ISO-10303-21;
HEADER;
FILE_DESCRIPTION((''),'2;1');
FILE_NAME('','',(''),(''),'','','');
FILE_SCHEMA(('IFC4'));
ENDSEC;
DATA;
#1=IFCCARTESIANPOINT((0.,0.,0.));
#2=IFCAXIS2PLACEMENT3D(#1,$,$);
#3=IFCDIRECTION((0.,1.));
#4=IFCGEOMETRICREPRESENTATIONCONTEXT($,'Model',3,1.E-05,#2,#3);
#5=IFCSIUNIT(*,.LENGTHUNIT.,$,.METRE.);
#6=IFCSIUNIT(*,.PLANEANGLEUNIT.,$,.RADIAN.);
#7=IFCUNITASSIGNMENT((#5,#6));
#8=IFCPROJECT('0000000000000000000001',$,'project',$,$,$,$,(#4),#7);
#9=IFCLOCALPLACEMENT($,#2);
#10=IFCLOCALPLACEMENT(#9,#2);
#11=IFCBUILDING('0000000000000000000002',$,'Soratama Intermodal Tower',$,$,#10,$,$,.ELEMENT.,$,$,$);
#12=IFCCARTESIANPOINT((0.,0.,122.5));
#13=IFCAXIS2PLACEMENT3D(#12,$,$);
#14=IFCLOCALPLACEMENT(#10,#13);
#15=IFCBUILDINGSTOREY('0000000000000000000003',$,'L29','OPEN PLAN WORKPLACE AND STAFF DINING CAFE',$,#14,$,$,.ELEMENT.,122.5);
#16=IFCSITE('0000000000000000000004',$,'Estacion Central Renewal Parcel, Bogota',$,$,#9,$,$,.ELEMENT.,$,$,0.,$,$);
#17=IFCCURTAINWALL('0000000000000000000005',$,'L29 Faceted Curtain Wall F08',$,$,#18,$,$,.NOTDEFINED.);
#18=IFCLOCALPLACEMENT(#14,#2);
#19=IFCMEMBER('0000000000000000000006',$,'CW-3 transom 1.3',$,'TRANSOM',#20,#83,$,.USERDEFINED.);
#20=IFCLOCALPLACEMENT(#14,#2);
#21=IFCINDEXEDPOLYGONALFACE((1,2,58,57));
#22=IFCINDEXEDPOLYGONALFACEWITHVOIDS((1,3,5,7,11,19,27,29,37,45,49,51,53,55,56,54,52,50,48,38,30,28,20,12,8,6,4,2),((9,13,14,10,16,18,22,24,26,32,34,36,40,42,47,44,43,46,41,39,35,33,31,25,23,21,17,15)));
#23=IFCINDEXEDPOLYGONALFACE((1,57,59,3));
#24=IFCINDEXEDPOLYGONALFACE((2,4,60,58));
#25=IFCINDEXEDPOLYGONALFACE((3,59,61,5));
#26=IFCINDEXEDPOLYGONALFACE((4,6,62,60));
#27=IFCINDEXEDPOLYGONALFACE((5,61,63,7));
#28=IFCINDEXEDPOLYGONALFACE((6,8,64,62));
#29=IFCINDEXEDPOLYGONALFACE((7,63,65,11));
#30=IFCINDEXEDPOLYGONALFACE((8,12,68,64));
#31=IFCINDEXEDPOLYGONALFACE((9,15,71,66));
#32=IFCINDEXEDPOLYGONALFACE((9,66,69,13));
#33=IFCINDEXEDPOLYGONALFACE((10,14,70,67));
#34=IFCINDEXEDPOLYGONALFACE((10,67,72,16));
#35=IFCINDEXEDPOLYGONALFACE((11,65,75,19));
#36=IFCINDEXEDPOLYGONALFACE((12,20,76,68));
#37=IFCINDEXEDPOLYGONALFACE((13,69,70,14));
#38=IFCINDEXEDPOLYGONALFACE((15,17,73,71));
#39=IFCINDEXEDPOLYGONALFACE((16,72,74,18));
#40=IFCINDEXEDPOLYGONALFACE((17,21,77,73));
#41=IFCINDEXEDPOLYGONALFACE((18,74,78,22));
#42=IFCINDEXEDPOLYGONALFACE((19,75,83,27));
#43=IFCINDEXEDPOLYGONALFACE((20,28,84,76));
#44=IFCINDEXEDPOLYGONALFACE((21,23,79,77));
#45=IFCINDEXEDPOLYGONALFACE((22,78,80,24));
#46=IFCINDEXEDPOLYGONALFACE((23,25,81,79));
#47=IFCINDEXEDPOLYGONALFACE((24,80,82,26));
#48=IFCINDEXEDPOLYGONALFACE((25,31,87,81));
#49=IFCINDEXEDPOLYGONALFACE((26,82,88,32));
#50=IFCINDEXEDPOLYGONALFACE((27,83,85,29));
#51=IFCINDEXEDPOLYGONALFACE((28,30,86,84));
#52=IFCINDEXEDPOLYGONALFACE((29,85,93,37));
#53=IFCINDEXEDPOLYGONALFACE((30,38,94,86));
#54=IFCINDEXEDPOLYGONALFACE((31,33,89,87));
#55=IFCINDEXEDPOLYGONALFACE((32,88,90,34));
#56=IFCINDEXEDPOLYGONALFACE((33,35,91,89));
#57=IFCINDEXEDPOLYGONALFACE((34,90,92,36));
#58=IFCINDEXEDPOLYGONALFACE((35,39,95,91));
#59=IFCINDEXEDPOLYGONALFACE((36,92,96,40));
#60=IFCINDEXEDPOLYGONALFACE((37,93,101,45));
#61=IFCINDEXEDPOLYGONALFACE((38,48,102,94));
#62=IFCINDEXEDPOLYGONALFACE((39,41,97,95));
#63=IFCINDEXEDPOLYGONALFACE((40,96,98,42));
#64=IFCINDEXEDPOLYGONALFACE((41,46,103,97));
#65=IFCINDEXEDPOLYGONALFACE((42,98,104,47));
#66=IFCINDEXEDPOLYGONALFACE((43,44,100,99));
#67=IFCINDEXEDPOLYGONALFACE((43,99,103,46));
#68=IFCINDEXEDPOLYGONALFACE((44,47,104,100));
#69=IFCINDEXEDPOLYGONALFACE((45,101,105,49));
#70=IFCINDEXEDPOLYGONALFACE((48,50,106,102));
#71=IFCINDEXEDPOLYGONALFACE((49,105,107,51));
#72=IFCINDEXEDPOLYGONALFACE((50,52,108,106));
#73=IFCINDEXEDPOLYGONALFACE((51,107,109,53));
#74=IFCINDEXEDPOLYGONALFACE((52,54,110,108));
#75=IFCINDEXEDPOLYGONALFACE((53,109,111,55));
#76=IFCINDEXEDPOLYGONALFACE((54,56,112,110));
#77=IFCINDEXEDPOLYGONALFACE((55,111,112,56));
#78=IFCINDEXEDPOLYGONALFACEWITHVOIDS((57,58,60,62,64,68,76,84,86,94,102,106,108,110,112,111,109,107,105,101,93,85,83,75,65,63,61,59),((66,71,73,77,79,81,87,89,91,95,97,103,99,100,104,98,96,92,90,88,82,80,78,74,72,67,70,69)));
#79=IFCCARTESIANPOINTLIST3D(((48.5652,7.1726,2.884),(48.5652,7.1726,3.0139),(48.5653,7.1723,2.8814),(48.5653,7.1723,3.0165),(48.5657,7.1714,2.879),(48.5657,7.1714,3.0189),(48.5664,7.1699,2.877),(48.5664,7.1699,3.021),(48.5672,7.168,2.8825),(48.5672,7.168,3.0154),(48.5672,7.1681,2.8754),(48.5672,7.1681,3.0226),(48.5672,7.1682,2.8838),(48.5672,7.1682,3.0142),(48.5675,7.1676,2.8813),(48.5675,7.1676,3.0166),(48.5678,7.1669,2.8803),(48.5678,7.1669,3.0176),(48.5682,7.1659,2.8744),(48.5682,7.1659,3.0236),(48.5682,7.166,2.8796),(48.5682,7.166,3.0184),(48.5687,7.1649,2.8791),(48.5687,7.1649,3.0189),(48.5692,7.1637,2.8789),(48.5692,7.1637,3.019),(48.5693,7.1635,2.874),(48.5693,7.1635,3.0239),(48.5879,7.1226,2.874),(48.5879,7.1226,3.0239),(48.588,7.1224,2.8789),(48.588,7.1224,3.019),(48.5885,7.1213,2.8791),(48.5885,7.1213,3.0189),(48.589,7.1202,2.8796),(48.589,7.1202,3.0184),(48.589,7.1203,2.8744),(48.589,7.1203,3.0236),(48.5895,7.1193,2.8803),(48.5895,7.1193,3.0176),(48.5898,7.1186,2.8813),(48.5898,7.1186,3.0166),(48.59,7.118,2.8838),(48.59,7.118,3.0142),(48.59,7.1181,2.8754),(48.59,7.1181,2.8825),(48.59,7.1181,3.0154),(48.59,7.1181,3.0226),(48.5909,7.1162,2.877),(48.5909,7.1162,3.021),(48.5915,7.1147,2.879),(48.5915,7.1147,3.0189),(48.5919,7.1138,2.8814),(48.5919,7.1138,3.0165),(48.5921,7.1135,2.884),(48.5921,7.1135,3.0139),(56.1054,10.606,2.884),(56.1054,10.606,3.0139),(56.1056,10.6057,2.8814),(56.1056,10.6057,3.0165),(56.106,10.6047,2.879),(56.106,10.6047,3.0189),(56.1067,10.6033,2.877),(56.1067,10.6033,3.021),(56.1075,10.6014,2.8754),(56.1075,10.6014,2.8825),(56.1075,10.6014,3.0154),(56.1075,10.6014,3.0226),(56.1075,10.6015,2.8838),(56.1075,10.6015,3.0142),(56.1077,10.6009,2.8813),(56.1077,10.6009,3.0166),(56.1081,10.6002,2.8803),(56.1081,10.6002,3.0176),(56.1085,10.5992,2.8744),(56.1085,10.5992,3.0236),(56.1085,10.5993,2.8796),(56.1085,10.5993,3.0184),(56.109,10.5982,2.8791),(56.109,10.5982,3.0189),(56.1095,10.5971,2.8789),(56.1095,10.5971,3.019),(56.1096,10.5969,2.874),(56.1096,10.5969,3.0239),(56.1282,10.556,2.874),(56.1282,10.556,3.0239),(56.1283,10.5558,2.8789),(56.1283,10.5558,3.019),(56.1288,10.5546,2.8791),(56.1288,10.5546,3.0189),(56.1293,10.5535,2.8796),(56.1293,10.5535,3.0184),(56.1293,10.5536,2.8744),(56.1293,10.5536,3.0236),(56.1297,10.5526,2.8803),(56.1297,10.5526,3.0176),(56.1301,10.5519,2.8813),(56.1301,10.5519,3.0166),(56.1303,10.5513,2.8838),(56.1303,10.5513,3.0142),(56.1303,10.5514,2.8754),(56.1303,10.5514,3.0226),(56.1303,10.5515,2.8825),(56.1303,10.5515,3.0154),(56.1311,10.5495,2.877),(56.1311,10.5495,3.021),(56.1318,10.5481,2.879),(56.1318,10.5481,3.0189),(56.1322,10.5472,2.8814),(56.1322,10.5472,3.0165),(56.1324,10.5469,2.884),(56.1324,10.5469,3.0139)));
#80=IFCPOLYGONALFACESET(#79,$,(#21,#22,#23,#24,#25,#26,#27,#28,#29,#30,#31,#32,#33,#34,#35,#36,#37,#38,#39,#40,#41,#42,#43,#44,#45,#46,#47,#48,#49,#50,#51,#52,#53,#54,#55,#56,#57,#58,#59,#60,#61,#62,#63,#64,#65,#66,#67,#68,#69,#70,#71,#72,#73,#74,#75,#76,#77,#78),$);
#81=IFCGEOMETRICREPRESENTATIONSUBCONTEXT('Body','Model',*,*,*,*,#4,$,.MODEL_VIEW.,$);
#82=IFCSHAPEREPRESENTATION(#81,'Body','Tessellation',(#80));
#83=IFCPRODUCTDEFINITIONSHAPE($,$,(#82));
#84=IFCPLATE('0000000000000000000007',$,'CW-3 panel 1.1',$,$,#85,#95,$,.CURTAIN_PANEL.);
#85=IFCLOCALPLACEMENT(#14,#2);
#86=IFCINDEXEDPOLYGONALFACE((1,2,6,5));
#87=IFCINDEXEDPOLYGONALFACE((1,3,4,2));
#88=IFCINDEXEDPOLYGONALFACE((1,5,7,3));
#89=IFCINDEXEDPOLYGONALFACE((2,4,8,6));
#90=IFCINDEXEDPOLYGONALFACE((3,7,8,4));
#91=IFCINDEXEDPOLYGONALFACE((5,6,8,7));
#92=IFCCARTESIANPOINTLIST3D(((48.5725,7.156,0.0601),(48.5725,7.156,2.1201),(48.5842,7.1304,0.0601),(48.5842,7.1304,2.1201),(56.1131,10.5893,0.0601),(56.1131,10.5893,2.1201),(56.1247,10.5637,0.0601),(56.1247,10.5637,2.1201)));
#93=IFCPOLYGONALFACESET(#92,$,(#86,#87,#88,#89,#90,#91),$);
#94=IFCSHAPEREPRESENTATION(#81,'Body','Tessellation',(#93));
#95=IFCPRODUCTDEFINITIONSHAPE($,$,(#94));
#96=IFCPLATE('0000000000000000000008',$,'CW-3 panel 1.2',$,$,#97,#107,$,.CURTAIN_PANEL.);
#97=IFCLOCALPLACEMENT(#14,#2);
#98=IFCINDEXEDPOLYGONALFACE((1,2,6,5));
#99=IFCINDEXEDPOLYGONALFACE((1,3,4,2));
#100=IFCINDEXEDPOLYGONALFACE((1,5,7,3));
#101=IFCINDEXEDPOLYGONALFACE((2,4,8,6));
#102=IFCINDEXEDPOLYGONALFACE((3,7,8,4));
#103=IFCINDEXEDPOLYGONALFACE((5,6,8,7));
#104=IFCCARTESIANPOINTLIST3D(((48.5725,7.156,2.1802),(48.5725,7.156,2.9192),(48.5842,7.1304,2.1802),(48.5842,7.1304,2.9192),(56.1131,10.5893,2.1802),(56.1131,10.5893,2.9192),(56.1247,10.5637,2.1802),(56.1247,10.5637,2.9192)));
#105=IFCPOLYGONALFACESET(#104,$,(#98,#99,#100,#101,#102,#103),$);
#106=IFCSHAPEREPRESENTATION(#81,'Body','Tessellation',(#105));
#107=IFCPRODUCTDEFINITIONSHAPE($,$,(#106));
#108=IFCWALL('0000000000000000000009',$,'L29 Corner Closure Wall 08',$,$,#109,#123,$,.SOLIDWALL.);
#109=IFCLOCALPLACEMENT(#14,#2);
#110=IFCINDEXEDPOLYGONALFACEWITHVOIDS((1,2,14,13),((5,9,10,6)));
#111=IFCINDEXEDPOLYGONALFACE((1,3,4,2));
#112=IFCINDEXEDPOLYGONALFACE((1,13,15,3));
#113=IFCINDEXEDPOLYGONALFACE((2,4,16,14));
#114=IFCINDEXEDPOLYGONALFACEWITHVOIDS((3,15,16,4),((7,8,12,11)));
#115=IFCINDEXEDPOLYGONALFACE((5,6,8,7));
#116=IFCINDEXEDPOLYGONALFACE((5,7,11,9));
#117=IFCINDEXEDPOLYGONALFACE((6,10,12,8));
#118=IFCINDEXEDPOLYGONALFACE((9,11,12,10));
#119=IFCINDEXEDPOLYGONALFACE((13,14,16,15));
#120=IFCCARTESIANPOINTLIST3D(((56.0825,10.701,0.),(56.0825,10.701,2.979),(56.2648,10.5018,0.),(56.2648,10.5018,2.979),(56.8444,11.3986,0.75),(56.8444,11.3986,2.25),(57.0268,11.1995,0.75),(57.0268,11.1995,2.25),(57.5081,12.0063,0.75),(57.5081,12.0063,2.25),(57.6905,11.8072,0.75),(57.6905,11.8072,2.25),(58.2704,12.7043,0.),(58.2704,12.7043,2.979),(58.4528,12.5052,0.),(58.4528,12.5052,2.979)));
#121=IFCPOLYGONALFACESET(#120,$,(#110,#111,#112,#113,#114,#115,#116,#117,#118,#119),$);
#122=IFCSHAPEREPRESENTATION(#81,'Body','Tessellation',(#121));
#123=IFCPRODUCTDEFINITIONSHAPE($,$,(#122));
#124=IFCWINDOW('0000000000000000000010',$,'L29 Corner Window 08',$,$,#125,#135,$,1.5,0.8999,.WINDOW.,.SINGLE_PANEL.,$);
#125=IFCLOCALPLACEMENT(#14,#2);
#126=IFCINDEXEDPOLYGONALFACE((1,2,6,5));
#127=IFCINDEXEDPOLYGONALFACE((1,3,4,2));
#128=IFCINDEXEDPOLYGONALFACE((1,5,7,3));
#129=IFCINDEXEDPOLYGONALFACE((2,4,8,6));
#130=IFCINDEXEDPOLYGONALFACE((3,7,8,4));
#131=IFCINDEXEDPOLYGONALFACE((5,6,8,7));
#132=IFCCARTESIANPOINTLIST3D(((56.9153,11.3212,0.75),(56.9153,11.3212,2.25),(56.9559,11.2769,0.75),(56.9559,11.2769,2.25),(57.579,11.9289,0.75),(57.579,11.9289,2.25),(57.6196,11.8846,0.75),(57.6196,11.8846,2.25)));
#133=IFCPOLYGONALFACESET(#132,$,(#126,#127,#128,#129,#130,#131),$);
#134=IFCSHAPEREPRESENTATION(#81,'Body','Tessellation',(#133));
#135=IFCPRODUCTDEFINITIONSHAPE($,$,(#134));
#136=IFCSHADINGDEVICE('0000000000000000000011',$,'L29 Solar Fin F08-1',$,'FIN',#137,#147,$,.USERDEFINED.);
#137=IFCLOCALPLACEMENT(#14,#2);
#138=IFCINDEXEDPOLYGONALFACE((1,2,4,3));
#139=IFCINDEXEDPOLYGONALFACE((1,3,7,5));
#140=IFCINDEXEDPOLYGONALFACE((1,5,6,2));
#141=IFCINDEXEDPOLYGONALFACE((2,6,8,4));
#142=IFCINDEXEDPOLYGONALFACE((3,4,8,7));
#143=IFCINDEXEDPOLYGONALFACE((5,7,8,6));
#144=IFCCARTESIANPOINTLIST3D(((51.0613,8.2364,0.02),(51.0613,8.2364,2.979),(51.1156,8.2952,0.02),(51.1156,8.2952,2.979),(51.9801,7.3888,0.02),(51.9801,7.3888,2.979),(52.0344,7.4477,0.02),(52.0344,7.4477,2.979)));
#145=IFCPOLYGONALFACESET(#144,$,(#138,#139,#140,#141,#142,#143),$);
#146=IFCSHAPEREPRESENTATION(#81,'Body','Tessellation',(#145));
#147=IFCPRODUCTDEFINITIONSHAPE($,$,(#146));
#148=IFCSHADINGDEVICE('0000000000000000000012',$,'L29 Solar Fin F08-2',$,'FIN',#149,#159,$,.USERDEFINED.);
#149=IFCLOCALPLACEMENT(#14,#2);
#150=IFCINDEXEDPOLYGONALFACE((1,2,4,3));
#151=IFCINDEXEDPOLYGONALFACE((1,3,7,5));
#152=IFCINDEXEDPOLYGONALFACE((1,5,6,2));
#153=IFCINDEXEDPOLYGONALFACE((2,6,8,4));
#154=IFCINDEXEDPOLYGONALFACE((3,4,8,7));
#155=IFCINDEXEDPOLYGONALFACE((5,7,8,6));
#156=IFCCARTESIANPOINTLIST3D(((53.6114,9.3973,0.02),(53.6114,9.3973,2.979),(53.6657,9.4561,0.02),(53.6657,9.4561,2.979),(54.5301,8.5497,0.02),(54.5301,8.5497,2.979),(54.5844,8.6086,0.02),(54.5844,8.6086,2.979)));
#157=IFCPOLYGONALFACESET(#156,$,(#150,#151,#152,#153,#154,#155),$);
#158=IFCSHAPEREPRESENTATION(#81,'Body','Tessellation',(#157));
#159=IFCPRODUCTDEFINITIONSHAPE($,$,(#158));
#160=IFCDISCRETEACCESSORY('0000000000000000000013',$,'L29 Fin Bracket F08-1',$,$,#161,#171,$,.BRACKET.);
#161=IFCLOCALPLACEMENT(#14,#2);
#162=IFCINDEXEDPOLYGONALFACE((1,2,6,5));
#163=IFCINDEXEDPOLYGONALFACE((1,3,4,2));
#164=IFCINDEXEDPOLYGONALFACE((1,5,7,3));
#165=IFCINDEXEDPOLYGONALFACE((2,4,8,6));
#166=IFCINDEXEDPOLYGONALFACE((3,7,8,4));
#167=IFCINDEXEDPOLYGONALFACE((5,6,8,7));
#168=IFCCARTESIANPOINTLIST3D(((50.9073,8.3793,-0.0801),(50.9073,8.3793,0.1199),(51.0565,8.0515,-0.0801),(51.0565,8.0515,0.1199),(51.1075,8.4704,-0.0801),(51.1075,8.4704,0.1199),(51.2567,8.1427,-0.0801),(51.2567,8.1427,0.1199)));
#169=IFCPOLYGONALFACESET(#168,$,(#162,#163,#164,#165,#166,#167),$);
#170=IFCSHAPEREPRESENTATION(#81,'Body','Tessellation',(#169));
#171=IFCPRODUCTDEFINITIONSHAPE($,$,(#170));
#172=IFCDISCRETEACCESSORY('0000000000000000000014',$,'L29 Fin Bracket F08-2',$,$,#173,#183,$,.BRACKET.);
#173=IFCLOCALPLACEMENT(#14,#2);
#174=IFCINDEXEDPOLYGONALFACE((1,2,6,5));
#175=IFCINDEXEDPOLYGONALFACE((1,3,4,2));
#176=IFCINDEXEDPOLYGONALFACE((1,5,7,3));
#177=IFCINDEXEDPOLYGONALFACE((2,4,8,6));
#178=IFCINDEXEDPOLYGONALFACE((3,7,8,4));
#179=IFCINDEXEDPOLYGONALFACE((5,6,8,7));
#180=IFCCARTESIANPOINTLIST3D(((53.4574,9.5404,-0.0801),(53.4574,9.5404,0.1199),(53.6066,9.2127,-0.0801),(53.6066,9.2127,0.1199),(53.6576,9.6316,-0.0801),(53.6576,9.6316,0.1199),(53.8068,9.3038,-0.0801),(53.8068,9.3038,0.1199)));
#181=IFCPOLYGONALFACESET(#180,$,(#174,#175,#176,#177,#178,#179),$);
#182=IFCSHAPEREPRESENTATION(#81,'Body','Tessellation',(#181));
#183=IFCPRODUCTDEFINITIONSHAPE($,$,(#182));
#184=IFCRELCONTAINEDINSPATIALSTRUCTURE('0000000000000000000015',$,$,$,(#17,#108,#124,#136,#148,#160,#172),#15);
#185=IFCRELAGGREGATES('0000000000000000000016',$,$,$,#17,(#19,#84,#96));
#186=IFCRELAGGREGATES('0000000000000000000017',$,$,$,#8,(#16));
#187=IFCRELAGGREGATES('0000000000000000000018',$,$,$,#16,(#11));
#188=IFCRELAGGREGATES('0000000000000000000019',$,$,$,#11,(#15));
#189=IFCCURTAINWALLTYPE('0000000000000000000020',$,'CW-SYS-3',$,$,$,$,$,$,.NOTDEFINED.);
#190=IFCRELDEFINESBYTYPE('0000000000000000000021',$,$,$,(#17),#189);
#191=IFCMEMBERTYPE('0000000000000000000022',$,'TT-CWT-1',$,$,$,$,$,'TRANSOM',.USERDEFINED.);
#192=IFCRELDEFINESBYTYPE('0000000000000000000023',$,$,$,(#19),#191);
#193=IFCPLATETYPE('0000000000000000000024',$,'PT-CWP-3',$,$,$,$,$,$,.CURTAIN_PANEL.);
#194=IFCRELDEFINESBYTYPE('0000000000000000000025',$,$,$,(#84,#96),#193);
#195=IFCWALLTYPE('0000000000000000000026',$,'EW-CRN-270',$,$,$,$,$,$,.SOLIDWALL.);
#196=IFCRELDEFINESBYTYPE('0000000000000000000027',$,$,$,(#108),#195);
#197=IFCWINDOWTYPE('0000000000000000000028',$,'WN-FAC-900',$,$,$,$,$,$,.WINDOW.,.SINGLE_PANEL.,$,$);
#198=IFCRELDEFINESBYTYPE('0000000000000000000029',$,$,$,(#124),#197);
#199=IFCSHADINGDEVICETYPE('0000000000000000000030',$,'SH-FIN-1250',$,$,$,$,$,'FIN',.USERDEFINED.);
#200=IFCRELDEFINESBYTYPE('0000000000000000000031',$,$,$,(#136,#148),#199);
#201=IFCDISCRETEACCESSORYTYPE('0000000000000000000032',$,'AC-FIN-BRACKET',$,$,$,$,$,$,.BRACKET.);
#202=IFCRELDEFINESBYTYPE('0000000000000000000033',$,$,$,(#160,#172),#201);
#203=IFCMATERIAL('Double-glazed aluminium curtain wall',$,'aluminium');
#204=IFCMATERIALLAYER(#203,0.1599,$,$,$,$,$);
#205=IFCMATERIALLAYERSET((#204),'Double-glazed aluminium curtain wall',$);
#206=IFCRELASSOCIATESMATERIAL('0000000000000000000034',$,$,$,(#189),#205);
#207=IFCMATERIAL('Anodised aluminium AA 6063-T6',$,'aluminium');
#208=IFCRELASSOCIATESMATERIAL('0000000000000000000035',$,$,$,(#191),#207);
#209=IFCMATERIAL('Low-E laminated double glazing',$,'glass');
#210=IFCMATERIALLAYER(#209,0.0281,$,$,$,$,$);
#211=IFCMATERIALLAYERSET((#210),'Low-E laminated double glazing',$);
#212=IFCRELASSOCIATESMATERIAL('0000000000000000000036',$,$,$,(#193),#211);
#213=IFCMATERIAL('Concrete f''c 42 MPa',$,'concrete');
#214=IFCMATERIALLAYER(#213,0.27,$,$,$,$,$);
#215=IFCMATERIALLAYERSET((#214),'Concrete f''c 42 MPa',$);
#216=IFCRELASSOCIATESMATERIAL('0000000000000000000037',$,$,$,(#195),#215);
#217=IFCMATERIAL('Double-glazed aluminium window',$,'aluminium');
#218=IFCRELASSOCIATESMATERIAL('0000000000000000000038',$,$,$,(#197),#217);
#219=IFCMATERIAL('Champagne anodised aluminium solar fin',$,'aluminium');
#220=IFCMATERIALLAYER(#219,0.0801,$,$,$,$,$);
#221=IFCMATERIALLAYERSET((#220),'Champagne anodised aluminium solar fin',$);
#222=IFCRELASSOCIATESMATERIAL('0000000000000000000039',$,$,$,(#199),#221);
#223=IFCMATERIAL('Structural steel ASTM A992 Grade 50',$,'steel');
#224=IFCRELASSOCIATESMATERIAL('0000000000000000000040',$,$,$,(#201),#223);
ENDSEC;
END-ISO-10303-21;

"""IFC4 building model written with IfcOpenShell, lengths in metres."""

from ifc_helpers import new_model, si_unit, direction, frame, frame_2d, origin, origin_2d, place, context, subcontext, project, spatial, rectangle, hollow_rectangle, extrude, material, layer, layer_set, material_profile, profile_set, type_object, element, fill, aggregate, save


model = new_model("IFC4")

# Units and contexts
model_context = context("Model", 3, precision=1e-05, world=origin(), true_north=direction((0.0, 1.0)))
body_context = subcontext(model_context, "Body", "Model", "MODEL_VIEW")
ifc_project = project(units=[si_unit("LENGTHUNIT", "METRE"), si_unit("PLANEANGLEUNIT", "RADIAN")], contexts=[model_context])

# Site, building, storey
site_placement = place(None, origin())
site = spatial("IfcSite", under=ifc_project, at=site_placement, Name="Estacion Central Renewal Parcel, Bogota", CompositionType="ELEMENT", RefElevation=0.0)
building_placement = place(site_placement, origin())
building = spatial("IfcBuilding", under=site, at=building_placement, Name="Soratama Intermodal Tower", CompositionType="ELEMENT")
storey_placement = place(building_placement, frame((0.0, 0.0, 122.5)))
storey = spatial("IfcBuildingStorey", under=building, at=storey_placement, Name="L29", Description="OPEN PLAN WORKPLACE AND STAFF DINING CAFE", CompositionType="ELEMENT", Elevation=122.5)

# Curtain wall
ifc_material_1 = material(Name="Double-glazed aluminium curtain wall", Category="aluminium")
ifc_layer_1 = layer(ifc_material_1, 0.1599)
ifc_layer_set_1 = layer_set([ifc_layer_1], Name="Double-glazed aluminium curtain wall")
curtain_wall_type = type_object("IfcCurtainWallType", Name="CW-SYS-3", PredefinedType="NOTDEFINED", material=ifc_layer_set_1)
curtain_wall_1_placement = place(storey_placement, origin())
curtain_wall_1 = element("IfcCurtainWall", 1, at=curtain_wall_1_placement, inside=storey, type_object=curtain_wall_type, Name="L29 Faceted Curtain Wall F08", PredefinedType="NOTDEFINED")

# Member
ifc_material_2 = material(Name="Anodised aluminium AA 6063-T6", Category="aluminium")
ifc_material_profile_1 = material_profile(ifc_material_2, hollow_rectangle(XDim=0.0649, YDim=0.1499, WallThickness=0.0049, InnerFilletRadius=0.0049, OuterFilletRadius=0.01, at=origin_2d()), Name="CWT150X65X5")
ifc_profile_set_1 = profile_set([ifc_material_profile_1], Name="Anodised aluminium AA 6063-T6")
member_type_1 = type_object("IfcMemberType", Name="TT-CWT-1", ElementType="TRANSOM", PredefinedType="USERDEFINED", material=ifc_profile_set_1)
member_1_placement = place(storey_placement, frame((48.5786, 7.1431, 2.949), z_axis=(0.910096, 0.414398, 0.0), x_axis=(-0.414398, 0.910096, 0.0)))
member_1 = element("IfcMember", 2, at=member_1_placement, type_object=member_type_1, Name="CW-3 transom 1.3", ObjectType="TRANSOM", PredefinedType="USERDEFINED", context=body_context, shape_type="SweptSolid", body=[
    extrude(hollow_rectangle(XDim=0.0649, YDim=0.1499, WallThickness=0.0049, InnerFilletRadius=0.0049, OuterFilletRadius=0.01, at=origin_2d()), origin(), (0.0, 0.0, 1.0), 8.2852),
])

# Plates
ifc_material_3 = material(Name="Low-E laminated double glazing", Category="glass")
ifc_layer_2 = layer(ifc_material_3, 0.0281)
ifc_layer_set_2 = layer_set([ifc_layer_2], Name="Low-E laminated double glazing")
plate_type = type_object("IfcPlateType", Name="PT-CWP-3", PredefinedType="CURTAIN_PANEL", material=ifc_layer_set_2)
plate_1_placement = place(storey_placement, frame((52.3486, 8.8599, 0.0601), z_axis=(0.0, 0.0, 1.0), x_axis=(0.910103, 0.414381, 0.0)))
plate_1 = element("IfcPlate", 3, at=plate_1_placement, type_object=plate_type, Name="CW-3 panel 1.1", PredefinedType="CURTAIN_PANEL", context=body_context, shape_type="SweptSolid", body=[
    extrude(rectangle(XDim=8.2854, YDim=0.0281, at=origin_2d()), origin(), (0.0, 0.0, 1.0), 2.0601),
])
plate_2_placement = place(storey_placement, frame((52.3486, 8.8599, 2.1802), z_axis=(0.0, 0.0, 1.0), x_axis=(0.910103, 0.414381, 0.0)))
plate_2 = element("IfcPlate", 4, at=plate_2_placement, type_object=plate_type, Name="CW-3 panel 1.2", PredefinedType="CURTAIN_PANEL", context=body_context, shape_type="SweptSolid", body=[
    extrude(rectangle(XDim=8.2854, YDim=0.0281, at=origin_2d()), origin(), (0.0, 0.0, 1.0), 0.739),
])
aggregate(curtain_wall_1, [member_1, plate_1, plate_2])

# Wall, opening, window
ifc_material_4 = material(Name="Concrete f'c 42 MPa", Category="concrete")
ifc_layer_3 = layer(ifc_material_4, 0.27)
ifc_layer_set_3 = layer_set([ifc_layer_3], Name="Concrete f'c 42 MPa")
wall_type = type_object("IfcWallType", Name="EW-CRN-270", PredefinedType="SOLIDWALL", material=ifc_layer_set_3)
wall_placement = place(storey_placement, frame((56.1736, 10.6013, 0.0), z_axis=(0.0, 0.0, 1.0), x_axis=(0.73753, 0.675315, 0.0)))
wall = element("IfcWall", 5, at=wall_placement, inside=storey, type_object=wall_type, Name="L29 Corner Closure Wall 08", PredefinedType="SOLIDWALL", context=body_context, shape_type="SweptSolid", body=[
    extrude(rectangle(XDim=2.9666, YDim=0.27, at=frame_2d((1.4834, 0.0))), origin(), (0.0, 0.0, 1.0), 2.979),
])
opening_placement = place(wall_placement, frame((1.0332, 0.0, 0.75)))
opening = element("IfcOpeningElement", 6, at=opening_placement, cuts=wall, PredefinedType="OPENING", context=body_context, shape_type="SweptSolid", body=[
    extrude(rectangle(XDim=0.8999, YDim=1.5, at=frame_2d((0.45, 0.75))), frame((0.0, 0.145, 0.0), z_axis=(0.0, -1.0, 0.0), x_axis=(1.0, 0.0, 0.0)), (0.0, 0.0, 1.0), 0.29),
])
ifc_material_5 = material(Name="Double-glazed aluminium window", Category="aluminium")
window_type = type_object("IfcWindowType", Name="WN-FAC-900", PartitioningType="SINGLE_PANEL", PredefinedType="WINDOW", material=ifc_material_5)
window_placement = place(opening_placement, origin())
window = element("IfcWindow", 7, at=window_placement, inside=storey, type_object=window_type, Name="L29 Corner Window 08", OverallHeight=1.5, OverallWidth=0.8999, PartitioningType="SINGLE_PANEL", PredefinedType="WINDOW", context=body_context, shape_type="SweptSolid", body=[
    extrude(rectangle(XDim=0.8999, YDim=1.5, at=frame_2d((0.45, 0.75))), frame((0.0, 0.03, 0.0), z_axis=(0.0, -1.0, 0.0), x_axis=(1.0, 0.0, 0.0)), (0.0, 0.0, 1.0), 0.0601),
])
fill(opening, window)

# Shading devices
ifc_material_6 = material(Name="Champagne anodised aluminium solar fin", Category="aluminium")
ifc_layer_4 = layer(ifc_material_6, 0.0801)
ifc_layer_set_4 = layer_set([ifc_layer_4], Name="Champagne anodised aluminium solar fin")
shading_device_type = type_object("IfcShadingDeviceType", Name="SH-FIN-1250", ElementType="FIN", PredefinedType="USERDEFINED", material=ifc_layer_set_4)
for number, where, z_axis, x_axis, name in (
    (8, (51.5479, 7.842, 0.02), (0.0, 0.0, 1.0), (0.735033, -0.678031, 0.0), "L29 Solar Fin F08-1"),
    (9, (54.0979, 9.0029, 0.02), (0.0, 0.0, 1.0), (0.735033, -0.678031, 0.0), "L29 Solar Fin F08-2"),
):
    element("IfcShadingDevice", number, at=place(storey_placement, frame(where, z_axis=z_axis, x_axis=x_axis)), inside=storey, type_object=shading_device_type, Name=name, ObjectType="FIN", PredefinedType="USERDEFINED", context=body_context, shape_type="SweptSolid", body=[
        extrude(rectangle(XDim=1.25, YDim=0.0801, at=origin_2d()), origin(), (0.0, 0.0, 1.0), 2.959),
    ])

# Discrete accessories
ifc_material_7 = material(Name="Structural steel ASTM A992 Grade 50", Category="steel")
discrete_accessory_type = type_object("IfcDiscreteAccessoryType", Name="AC-FIN-BRACKET", PredefinedType="BRACKET", material=ifc_material_7)
for number, where, z_axis, x_axis, name in (
    (10, (51.082, 8.261, -0.0801), (0.0, 0.0, 1.0), (0.414376, -0.910106, 0.0), "L29 Fin Bracket F08-1"),
    (11, (53.6321, 9.4221, -0.0801), (0.0, 0.0, 1.0), (0.414376, -0.910106, 0.0), "L29 Fin Bracket F08-2"),
):
    element("IfcDiscreteAccessory", number, at=place(storey_placement, frame(where, z_axis=z_axis, x_axis=x_axis)), inside=storey, type_object=discrete_accessory_type, Name=name, PredefinedType="BRACKET", context=body_context, shape_type="SweptSolid", body=[
        extrude(rectangle(XDim=0.3601, YDim=0.22, at=origin_2d()), origin(), (0.0, 0.0, 1.0), 0.2),
    ])

save(model, "model.ifc")
